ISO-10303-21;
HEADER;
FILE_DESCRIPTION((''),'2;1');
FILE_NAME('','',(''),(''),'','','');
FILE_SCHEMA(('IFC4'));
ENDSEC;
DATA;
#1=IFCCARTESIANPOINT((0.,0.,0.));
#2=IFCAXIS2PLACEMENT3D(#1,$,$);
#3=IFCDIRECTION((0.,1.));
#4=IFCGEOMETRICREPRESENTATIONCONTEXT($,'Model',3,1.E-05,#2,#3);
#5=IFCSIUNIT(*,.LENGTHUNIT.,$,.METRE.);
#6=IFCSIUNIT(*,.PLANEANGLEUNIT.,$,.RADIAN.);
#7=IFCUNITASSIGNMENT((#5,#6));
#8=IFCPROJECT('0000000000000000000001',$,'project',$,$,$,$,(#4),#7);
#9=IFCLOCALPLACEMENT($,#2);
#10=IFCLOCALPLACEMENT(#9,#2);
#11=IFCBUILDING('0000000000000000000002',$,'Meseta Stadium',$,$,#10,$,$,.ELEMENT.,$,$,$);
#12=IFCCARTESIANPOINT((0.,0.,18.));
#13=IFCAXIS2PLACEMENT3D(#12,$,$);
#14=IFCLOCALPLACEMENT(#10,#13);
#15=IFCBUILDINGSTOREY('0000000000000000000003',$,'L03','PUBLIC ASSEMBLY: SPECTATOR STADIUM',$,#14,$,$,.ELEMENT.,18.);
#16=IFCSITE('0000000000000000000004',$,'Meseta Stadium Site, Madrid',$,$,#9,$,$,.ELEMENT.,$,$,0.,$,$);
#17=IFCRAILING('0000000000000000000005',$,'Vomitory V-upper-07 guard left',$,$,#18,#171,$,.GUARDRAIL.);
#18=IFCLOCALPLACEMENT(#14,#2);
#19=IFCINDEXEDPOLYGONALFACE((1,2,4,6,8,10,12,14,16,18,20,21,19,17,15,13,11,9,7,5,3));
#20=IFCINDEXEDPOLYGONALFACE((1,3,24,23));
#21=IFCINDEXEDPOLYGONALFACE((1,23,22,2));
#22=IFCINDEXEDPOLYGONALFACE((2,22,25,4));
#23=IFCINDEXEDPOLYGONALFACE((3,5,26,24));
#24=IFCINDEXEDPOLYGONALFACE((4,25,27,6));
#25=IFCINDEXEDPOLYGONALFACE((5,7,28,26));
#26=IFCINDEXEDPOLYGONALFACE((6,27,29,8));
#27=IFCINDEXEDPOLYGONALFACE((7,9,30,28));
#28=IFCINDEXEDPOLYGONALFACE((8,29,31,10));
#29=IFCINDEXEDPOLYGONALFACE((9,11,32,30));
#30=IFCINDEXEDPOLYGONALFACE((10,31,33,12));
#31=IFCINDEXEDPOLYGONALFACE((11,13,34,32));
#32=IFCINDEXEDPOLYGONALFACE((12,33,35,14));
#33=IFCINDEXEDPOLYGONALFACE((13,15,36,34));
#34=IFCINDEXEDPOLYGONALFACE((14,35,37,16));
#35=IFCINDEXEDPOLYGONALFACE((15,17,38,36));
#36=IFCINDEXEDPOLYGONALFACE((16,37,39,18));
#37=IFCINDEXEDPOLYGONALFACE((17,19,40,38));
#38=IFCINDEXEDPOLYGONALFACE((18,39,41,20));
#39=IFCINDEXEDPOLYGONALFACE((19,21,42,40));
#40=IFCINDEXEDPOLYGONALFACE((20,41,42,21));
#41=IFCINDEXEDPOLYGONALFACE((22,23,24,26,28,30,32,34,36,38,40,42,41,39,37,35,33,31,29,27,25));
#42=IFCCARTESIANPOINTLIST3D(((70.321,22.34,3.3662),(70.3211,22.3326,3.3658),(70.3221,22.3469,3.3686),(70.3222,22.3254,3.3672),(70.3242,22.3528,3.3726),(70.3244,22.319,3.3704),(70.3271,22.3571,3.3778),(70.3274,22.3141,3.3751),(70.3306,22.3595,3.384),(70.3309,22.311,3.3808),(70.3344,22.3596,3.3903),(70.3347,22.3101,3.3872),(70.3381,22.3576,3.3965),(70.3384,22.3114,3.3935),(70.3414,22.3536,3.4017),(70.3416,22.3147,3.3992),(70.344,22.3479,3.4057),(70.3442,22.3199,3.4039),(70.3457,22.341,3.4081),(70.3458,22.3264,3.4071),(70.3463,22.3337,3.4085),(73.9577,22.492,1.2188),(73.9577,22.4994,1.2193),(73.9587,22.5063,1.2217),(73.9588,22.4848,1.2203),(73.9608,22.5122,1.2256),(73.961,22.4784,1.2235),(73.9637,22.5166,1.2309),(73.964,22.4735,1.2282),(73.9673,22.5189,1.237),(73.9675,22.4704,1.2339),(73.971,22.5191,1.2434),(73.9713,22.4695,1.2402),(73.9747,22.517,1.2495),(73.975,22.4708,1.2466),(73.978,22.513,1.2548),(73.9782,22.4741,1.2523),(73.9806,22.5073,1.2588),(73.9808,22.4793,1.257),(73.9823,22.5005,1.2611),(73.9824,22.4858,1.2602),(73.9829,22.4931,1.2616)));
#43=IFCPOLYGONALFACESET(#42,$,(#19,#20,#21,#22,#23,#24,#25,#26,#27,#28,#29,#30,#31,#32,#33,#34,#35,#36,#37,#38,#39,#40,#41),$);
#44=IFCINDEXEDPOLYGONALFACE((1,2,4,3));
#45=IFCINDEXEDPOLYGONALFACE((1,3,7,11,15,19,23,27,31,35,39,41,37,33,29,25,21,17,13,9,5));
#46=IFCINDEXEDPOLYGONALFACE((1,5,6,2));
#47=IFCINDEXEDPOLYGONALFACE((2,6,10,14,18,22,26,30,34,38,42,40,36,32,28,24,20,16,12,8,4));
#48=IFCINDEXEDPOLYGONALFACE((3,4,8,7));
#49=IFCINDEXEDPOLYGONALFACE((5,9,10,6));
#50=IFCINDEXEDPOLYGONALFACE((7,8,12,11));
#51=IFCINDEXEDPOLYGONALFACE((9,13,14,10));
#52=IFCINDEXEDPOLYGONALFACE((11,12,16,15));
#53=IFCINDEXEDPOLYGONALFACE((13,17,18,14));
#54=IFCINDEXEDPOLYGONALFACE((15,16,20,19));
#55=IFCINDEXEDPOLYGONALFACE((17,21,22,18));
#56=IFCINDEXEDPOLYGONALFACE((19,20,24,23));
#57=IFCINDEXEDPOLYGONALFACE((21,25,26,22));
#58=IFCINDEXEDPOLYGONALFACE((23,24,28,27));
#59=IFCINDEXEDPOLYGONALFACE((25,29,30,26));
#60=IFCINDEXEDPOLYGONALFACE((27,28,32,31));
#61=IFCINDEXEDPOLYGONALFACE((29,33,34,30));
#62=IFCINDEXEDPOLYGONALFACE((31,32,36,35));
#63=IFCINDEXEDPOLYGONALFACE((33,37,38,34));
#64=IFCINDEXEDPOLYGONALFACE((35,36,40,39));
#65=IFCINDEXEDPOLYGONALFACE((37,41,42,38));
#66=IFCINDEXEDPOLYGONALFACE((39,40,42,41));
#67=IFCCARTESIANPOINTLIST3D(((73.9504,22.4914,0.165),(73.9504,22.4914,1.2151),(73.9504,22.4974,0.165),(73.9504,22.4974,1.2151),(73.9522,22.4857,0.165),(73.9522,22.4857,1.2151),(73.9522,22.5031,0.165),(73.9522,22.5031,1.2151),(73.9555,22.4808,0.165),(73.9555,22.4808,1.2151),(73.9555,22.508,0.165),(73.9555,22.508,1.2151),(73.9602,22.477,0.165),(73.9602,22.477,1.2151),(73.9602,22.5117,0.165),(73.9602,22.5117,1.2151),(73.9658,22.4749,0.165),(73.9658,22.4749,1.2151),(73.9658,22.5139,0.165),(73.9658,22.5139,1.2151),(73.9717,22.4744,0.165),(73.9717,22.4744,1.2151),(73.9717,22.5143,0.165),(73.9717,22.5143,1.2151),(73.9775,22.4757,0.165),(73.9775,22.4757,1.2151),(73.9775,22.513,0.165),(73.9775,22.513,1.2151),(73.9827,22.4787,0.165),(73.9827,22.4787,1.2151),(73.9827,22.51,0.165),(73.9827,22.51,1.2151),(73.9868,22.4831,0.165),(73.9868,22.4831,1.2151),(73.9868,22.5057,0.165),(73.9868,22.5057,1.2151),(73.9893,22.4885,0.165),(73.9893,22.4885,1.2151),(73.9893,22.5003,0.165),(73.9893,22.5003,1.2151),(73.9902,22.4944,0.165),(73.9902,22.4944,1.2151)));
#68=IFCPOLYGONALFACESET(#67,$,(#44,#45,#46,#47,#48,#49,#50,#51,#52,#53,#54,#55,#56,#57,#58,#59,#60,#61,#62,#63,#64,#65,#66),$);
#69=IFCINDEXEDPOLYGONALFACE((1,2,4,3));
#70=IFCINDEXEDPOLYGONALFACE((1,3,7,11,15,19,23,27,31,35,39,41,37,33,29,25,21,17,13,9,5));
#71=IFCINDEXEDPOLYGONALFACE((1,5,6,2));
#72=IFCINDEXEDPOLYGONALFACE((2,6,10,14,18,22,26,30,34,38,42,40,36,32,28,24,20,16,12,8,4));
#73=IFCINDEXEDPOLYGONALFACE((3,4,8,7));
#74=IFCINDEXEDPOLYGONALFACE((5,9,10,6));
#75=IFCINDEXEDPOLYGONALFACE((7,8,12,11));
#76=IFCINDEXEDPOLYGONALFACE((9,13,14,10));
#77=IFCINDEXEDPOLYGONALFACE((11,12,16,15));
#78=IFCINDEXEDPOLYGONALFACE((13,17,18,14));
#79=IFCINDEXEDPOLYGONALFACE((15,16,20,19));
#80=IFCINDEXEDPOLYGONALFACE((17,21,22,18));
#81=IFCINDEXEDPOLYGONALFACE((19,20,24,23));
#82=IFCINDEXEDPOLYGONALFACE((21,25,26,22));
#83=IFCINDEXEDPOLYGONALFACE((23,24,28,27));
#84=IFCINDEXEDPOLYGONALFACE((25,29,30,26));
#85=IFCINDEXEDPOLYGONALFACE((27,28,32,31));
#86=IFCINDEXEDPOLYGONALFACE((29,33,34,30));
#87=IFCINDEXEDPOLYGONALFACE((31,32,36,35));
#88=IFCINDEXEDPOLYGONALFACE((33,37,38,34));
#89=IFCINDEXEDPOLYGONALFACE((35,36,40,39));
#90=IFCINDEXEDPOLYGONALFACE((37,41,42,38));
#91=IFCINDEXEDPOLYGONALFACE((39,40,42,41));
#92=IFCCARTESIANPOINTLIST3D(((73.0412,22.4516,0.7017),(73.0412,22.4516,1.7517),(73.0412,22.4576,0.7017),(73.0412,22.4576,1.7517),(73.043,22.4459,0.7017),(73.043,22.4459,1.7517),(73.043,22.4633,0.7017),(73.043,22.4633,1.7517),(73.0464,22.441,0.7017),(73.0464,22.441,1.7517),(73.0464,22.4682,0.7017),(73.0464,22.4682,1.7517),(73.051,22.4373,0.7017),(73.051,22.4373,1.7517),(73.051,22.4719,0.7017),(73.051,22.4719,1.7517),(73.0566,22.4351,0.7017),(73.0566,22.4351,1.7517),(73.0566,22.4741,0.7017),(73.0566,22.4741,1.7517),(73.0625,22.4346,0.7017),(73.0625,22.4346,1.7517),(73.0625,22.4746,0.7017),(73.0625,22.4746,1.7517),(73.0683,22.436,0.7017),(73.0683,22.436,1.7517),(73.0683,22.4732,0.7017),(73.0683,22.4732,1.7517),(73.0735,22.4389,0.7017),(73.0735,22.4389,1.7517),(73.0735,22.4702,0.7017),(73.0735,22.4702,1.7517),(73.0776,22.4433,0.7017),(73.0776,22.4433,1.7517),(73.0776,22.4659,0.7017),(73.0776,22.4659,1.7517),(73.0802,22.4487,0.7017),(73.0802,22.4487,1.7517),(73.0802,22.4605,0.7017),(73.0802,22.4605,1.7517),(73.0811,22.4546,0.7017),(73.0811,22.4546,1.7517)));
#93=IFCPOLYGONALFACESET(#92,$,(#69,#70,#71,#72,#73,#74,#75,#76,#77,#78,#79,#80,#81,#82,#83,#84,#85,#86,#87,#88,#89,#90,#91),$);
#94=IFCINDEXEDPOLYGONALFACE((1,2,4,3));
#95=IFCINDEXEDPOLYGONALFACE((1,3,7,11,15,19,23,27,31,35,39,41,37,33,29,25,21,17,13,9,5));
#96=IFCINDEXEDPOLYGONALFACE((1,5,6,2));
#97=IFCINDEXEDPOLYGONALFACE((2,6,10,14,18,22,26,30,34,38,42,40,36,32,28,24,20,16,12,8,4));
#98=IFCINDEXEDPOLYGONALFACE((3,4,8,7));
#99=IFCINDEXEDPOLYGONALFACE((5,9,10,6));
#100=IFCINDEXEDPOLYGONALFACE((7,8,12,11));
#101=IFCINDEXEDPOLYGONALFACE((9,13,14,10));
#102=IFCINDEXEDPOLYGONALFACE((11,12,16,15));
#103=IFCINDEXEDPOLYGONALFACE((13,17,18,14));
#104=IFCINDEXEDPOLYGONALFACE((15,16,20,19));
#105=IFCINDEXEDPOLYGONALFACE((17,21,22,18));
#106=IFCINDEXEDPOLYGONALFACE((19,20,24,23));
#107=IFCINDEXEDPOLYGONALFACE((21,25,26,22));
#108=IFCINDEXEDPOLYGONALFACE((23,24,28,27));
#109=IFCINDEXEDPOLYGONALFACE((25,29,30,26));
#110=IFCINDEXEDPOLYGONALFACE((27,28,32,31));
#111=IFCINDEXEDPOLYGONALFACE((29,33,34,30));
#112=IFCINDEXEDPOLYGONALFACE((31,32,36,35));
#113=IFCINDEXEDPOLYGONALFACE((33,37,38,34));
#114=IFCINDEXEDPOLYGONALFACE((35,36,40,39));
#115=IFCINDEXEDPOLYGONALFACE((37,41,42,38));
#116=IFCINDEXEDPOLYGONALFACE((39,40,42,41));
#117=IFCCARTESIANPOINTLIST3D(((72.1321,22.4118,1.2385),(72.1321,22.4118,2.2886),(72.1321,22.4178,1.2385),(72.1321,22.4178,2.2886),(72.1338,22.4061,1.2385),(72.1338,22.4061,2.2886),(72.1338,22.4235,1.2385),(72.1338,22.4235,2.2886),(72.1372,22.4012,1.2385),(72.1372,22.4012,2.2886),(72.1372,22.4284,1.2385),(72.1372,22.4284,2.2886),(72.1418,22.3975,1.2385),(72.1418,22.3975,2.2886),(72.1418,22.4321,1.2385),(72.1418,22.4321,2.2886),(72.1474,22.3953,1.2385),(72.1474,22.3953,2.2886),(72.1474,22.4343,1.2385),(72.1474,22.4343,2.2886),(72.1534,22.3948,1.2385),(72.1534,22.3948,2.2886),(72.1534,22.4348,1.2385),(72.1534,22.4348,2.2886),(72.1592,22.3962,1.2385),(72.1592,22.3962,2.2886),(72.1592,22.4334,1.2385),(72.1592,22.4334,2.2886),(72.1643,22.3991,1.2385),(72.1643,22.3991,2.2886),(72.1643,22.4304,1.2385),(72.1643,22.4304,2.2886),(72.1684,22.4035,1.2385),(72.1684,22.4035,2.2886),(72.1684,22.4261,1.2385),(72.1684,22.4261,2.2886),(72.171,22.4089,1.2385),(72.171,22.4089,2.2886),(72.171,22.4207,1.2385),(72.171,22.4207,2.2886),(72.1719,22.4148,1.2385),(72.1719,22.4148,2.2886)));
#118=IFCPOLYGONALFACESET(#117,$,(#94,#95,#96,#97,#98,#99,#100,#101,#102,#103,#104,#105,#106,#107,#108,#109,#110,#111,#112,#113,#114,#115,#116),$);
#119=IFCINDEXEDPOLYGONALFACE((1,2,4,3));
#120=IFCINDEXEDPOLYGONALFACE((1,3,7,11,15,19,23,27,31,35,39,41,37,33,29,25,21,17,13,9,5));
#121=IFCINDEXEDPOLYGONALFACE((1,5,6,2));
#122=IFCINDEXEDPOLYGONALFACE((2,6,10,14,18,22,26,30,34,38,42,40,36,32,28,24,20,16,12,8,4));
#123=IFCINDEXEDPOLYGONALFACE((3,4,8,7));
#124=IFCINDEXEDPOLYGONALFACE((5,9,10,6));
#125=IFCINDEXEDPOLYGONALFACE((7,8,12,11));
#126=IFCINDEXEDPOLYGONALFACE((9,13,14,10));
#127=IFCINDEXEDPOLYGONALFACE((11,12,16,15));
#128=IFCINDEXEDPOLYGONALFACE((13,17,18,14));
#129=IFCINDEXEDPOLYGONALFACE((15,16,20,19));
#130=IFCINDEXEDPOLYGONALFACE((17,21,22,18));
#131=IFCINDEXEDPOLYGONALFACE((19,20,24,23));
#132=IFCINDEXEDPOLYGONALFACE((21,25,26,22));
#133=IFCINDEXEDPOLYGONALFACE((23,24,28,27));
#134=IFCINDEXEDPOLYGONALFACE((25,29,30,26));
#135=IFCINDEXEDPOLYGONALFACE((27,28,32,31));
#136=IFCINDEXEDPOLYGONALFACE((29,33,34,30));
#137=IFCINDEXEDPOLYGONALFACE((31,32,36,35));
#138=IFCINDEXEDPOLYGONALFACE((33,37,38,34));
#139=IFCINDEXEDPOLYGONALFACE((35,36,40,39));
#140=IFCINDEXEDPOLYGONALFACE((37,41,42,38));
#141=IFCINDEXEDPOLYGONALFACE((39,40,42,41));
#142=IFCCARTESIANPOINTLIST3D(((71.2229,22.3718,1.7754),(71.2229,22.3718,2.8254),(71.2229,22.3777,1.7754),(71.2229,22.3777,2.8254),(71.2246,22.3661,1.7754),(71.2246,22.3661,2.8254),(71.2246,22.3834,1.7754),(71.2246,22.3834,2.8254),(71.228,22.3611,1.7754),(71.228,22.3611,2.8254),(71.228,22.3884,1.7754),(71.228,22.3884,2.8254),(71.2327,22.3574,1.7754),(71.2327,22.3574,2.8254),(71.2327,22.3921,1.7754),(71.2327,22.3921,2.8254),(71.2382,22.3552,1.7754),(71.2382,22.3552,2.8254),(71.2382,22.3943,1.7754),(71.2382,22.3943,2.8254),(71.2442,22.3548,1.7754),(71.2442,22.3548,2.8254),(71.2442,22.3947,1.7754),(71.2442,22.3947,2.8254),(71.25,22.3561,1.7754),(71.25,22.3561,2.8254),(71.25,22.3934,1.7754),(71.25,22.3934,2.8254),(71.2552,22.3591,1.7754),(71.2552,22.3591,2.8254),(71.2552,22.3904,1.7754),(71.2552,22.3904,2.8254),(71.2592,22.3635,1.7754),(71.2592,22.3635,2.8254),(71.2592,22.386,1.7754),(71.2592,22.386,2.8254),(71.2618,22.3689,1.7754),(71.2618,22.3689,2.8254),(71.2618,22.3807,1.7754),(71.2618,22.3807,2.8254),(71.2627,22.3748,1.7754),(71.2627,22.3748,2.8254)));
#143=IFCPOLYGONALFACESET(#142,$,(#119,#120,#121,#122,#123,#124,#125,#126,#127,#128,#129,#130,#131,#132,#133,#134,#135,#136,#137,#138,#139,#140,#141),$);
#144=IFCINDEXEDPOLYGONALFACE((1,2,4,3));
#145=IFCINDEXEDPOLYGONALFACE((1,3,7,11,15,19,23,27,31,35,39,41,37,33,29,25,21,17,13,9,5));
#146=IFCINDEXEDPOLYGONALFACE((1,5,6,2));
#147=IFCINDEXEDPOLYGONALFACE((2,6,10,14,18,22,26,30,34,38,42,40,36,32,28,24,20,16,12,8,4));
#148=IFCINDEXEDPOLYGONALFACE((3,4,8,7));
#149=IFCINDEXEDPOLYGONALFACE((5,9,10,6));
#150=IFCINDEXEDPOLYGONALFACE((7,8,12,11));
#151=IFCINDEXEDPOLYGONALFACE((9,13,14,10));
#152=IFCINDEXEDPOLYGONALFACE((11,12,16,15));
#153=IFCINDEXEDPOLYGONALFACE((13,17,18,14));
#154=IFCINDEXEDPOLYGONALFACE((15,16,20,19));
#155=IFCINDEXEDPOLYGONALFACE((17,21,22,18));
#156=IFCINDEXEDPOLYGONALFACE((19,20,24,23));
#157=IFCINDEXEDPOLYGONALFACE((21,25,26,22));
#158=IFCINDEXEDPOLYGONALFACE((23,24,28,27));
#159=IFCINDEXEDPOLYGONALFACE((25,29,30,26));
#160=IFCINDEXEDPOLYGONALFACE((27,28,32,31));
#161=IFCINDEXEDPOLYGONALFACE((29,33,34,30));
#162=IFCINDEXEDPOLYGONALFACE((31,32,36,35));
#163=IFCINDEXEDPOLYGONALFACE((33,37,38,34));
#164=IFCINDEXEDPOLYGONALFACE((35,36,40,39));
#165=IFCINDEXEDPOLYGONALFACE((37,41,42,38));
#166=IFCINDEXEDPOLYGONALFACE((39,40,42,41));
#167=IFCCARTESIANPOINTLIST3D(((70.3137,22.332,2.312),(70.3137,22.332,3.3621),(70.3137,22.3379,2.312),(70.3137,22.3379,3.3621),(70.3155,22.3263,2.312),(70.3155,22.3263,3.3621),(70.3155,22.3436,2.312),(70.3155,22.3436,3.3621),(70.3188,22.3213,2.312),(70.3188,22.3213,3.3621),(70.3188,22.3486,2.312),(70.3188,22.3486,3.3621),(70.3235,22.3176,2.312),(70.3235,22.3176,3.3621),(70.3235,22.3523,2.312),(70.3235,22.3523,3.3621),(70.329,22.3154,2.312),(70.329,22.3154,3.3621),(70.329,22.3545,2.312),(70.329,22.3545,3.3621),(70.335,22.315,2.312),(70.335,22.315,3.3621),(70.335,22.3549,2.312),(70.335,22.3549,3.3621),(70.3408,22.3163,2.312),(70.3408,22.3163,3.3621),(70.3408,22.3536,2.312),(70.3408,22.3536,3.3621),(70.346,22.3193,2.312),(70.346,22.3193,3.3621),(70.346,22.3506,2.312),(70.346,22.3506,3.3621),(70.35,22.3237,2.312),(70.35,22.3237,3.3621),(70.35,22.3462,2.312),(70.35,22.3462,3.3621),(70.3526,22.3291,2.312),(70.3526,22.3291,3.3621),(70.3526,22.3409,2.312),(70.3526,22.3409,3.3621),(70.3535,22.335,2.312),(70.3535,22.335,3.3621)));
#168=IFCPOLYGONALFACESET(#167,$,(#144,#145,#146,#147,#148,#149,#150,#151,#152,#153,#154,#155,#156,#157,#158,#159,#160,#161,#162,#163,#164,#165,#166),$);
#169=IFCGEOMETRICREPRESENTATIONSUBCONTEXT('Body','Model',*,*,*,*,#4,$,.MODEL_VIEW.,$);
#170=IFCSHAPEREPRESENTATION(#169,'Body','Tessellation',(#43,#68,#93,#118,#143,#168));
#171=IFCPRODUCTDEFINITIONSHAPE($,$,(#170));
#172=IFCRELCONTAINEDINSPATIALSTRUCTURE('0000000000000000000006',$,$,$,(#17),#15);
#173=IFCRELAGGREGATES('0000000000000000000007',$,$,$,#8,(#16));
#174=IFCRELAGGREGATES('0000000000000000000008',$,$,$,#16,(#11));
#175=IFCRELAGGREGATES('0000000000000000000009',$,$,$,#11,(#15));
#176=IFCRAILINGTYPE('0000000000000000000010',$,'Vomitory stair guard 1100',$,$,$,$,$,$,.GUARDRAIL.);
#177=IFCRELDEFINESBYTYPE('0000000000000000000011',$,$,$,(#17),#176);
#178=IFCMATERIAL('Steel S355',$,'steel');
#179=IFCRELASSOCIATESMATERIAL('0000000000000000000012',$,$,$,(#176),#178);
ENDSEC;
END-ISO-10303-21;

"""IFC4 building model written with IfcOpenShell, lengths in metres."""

from ifc_helpers import new_model, si_unit, direction, frame, origin, origin_2d, place, context, subcontext, project, spatial, circle, extrude, material, type_object, element, save


model = new_model("IFC4")

# Units and contexts
model_context = context("Model", 3, precision=1e-05, world=origin(), true_north=direction((0.0, 1.0)))
body_context = subcontext(model_context, "Body", "Model", "MODEL_VIEW")
ifc_project = project(units=[si_unit("LENGTHUNIT", "METRE"), si_unit("PLANEANGLEUNIT", "RADIAN")], contexts=[model_context])

# Site, building, storey
site_placement = place(None, origin())
site = spatial("IfcSite", under=ifc_project, at=site_placement, Name="Meseta Stadium Site, Madrid", CompositionType="ELEMENT", RefElevation=0.0)
building_placement = place(site_placement, origin())
building = spatial("IfcBuilding", under=site, at=building_placement, Name="Meseta Stadium", CompositionType="ELEMENT")
storey_placement = place(building_placement, frame((0.0, 0.0, 18.0)))
storey = spatial("IfcBuildingStorey", under=building, at=storey_placement, Name="L03", Description="PUBLIC ASSEMBLY: SPECTATOR STADIUM", CompositionType="ELEMENT", Elevation=18.0)

# Railing
ifc_material_1 = material(Name="Steel S355", Category="steel")
railing_type_1 = type_object("IfcRailingType", Name="Vomitory stair guard 1100", PredefinedType="GUARDRAIL", material=ifc_material_1)
railing_1_placement = place(storey_placement, frame((73.9702, 22.4944, 0.165)))
element("IfcRailing", 1, at=railing_1_placement, inside=storey, type_object=railing_type_1, Name="Vomitory V-upper-07 guard left", PredefinedType="GUARDRAIL", context=body_context, shape_type="SweptSolid", body=[
    extrude(circle(Radius=0.0249, at=origin_2d()), frame((0.0, 0.0, 1.0752), z_axis=(-0.860521, -0.037723, 0.508017), x_axis=(0.043795, -0.999041, 0.0)), (0.0, 0.0, 1.0), 4.2261),
    extrude(circle(Radius=0.02, at=origin_2d()), origin(), (0.0, 0.0, 1.0), 1.05),
    extrude(circle(Radius=0.02, at=origin_2d()), frame((-0.9092, -0.0398, 0.5366)), (0.0, 0.0, 1.0), 1.05),
    extrude(circle(Radius=0.02, at=origin_2d()), frame((-1.8184, -0.0796, 1.0735)), (0.0, 0.0, 1.0), 1.05),
    extrude(circle(Radius=0.02, at=origin_2d()), frame((-2.7275, -0.1196, 1.6104)), (0.0, 0.0, 1.0), 1.05),
    extrude(circle(Radius=0.02, at=origin_2d()), frame((-3.6367, -0.1594, 2.147)), (0.0, 0.0, 1.0), 1.05),
])

save(model, "model.ifc")
